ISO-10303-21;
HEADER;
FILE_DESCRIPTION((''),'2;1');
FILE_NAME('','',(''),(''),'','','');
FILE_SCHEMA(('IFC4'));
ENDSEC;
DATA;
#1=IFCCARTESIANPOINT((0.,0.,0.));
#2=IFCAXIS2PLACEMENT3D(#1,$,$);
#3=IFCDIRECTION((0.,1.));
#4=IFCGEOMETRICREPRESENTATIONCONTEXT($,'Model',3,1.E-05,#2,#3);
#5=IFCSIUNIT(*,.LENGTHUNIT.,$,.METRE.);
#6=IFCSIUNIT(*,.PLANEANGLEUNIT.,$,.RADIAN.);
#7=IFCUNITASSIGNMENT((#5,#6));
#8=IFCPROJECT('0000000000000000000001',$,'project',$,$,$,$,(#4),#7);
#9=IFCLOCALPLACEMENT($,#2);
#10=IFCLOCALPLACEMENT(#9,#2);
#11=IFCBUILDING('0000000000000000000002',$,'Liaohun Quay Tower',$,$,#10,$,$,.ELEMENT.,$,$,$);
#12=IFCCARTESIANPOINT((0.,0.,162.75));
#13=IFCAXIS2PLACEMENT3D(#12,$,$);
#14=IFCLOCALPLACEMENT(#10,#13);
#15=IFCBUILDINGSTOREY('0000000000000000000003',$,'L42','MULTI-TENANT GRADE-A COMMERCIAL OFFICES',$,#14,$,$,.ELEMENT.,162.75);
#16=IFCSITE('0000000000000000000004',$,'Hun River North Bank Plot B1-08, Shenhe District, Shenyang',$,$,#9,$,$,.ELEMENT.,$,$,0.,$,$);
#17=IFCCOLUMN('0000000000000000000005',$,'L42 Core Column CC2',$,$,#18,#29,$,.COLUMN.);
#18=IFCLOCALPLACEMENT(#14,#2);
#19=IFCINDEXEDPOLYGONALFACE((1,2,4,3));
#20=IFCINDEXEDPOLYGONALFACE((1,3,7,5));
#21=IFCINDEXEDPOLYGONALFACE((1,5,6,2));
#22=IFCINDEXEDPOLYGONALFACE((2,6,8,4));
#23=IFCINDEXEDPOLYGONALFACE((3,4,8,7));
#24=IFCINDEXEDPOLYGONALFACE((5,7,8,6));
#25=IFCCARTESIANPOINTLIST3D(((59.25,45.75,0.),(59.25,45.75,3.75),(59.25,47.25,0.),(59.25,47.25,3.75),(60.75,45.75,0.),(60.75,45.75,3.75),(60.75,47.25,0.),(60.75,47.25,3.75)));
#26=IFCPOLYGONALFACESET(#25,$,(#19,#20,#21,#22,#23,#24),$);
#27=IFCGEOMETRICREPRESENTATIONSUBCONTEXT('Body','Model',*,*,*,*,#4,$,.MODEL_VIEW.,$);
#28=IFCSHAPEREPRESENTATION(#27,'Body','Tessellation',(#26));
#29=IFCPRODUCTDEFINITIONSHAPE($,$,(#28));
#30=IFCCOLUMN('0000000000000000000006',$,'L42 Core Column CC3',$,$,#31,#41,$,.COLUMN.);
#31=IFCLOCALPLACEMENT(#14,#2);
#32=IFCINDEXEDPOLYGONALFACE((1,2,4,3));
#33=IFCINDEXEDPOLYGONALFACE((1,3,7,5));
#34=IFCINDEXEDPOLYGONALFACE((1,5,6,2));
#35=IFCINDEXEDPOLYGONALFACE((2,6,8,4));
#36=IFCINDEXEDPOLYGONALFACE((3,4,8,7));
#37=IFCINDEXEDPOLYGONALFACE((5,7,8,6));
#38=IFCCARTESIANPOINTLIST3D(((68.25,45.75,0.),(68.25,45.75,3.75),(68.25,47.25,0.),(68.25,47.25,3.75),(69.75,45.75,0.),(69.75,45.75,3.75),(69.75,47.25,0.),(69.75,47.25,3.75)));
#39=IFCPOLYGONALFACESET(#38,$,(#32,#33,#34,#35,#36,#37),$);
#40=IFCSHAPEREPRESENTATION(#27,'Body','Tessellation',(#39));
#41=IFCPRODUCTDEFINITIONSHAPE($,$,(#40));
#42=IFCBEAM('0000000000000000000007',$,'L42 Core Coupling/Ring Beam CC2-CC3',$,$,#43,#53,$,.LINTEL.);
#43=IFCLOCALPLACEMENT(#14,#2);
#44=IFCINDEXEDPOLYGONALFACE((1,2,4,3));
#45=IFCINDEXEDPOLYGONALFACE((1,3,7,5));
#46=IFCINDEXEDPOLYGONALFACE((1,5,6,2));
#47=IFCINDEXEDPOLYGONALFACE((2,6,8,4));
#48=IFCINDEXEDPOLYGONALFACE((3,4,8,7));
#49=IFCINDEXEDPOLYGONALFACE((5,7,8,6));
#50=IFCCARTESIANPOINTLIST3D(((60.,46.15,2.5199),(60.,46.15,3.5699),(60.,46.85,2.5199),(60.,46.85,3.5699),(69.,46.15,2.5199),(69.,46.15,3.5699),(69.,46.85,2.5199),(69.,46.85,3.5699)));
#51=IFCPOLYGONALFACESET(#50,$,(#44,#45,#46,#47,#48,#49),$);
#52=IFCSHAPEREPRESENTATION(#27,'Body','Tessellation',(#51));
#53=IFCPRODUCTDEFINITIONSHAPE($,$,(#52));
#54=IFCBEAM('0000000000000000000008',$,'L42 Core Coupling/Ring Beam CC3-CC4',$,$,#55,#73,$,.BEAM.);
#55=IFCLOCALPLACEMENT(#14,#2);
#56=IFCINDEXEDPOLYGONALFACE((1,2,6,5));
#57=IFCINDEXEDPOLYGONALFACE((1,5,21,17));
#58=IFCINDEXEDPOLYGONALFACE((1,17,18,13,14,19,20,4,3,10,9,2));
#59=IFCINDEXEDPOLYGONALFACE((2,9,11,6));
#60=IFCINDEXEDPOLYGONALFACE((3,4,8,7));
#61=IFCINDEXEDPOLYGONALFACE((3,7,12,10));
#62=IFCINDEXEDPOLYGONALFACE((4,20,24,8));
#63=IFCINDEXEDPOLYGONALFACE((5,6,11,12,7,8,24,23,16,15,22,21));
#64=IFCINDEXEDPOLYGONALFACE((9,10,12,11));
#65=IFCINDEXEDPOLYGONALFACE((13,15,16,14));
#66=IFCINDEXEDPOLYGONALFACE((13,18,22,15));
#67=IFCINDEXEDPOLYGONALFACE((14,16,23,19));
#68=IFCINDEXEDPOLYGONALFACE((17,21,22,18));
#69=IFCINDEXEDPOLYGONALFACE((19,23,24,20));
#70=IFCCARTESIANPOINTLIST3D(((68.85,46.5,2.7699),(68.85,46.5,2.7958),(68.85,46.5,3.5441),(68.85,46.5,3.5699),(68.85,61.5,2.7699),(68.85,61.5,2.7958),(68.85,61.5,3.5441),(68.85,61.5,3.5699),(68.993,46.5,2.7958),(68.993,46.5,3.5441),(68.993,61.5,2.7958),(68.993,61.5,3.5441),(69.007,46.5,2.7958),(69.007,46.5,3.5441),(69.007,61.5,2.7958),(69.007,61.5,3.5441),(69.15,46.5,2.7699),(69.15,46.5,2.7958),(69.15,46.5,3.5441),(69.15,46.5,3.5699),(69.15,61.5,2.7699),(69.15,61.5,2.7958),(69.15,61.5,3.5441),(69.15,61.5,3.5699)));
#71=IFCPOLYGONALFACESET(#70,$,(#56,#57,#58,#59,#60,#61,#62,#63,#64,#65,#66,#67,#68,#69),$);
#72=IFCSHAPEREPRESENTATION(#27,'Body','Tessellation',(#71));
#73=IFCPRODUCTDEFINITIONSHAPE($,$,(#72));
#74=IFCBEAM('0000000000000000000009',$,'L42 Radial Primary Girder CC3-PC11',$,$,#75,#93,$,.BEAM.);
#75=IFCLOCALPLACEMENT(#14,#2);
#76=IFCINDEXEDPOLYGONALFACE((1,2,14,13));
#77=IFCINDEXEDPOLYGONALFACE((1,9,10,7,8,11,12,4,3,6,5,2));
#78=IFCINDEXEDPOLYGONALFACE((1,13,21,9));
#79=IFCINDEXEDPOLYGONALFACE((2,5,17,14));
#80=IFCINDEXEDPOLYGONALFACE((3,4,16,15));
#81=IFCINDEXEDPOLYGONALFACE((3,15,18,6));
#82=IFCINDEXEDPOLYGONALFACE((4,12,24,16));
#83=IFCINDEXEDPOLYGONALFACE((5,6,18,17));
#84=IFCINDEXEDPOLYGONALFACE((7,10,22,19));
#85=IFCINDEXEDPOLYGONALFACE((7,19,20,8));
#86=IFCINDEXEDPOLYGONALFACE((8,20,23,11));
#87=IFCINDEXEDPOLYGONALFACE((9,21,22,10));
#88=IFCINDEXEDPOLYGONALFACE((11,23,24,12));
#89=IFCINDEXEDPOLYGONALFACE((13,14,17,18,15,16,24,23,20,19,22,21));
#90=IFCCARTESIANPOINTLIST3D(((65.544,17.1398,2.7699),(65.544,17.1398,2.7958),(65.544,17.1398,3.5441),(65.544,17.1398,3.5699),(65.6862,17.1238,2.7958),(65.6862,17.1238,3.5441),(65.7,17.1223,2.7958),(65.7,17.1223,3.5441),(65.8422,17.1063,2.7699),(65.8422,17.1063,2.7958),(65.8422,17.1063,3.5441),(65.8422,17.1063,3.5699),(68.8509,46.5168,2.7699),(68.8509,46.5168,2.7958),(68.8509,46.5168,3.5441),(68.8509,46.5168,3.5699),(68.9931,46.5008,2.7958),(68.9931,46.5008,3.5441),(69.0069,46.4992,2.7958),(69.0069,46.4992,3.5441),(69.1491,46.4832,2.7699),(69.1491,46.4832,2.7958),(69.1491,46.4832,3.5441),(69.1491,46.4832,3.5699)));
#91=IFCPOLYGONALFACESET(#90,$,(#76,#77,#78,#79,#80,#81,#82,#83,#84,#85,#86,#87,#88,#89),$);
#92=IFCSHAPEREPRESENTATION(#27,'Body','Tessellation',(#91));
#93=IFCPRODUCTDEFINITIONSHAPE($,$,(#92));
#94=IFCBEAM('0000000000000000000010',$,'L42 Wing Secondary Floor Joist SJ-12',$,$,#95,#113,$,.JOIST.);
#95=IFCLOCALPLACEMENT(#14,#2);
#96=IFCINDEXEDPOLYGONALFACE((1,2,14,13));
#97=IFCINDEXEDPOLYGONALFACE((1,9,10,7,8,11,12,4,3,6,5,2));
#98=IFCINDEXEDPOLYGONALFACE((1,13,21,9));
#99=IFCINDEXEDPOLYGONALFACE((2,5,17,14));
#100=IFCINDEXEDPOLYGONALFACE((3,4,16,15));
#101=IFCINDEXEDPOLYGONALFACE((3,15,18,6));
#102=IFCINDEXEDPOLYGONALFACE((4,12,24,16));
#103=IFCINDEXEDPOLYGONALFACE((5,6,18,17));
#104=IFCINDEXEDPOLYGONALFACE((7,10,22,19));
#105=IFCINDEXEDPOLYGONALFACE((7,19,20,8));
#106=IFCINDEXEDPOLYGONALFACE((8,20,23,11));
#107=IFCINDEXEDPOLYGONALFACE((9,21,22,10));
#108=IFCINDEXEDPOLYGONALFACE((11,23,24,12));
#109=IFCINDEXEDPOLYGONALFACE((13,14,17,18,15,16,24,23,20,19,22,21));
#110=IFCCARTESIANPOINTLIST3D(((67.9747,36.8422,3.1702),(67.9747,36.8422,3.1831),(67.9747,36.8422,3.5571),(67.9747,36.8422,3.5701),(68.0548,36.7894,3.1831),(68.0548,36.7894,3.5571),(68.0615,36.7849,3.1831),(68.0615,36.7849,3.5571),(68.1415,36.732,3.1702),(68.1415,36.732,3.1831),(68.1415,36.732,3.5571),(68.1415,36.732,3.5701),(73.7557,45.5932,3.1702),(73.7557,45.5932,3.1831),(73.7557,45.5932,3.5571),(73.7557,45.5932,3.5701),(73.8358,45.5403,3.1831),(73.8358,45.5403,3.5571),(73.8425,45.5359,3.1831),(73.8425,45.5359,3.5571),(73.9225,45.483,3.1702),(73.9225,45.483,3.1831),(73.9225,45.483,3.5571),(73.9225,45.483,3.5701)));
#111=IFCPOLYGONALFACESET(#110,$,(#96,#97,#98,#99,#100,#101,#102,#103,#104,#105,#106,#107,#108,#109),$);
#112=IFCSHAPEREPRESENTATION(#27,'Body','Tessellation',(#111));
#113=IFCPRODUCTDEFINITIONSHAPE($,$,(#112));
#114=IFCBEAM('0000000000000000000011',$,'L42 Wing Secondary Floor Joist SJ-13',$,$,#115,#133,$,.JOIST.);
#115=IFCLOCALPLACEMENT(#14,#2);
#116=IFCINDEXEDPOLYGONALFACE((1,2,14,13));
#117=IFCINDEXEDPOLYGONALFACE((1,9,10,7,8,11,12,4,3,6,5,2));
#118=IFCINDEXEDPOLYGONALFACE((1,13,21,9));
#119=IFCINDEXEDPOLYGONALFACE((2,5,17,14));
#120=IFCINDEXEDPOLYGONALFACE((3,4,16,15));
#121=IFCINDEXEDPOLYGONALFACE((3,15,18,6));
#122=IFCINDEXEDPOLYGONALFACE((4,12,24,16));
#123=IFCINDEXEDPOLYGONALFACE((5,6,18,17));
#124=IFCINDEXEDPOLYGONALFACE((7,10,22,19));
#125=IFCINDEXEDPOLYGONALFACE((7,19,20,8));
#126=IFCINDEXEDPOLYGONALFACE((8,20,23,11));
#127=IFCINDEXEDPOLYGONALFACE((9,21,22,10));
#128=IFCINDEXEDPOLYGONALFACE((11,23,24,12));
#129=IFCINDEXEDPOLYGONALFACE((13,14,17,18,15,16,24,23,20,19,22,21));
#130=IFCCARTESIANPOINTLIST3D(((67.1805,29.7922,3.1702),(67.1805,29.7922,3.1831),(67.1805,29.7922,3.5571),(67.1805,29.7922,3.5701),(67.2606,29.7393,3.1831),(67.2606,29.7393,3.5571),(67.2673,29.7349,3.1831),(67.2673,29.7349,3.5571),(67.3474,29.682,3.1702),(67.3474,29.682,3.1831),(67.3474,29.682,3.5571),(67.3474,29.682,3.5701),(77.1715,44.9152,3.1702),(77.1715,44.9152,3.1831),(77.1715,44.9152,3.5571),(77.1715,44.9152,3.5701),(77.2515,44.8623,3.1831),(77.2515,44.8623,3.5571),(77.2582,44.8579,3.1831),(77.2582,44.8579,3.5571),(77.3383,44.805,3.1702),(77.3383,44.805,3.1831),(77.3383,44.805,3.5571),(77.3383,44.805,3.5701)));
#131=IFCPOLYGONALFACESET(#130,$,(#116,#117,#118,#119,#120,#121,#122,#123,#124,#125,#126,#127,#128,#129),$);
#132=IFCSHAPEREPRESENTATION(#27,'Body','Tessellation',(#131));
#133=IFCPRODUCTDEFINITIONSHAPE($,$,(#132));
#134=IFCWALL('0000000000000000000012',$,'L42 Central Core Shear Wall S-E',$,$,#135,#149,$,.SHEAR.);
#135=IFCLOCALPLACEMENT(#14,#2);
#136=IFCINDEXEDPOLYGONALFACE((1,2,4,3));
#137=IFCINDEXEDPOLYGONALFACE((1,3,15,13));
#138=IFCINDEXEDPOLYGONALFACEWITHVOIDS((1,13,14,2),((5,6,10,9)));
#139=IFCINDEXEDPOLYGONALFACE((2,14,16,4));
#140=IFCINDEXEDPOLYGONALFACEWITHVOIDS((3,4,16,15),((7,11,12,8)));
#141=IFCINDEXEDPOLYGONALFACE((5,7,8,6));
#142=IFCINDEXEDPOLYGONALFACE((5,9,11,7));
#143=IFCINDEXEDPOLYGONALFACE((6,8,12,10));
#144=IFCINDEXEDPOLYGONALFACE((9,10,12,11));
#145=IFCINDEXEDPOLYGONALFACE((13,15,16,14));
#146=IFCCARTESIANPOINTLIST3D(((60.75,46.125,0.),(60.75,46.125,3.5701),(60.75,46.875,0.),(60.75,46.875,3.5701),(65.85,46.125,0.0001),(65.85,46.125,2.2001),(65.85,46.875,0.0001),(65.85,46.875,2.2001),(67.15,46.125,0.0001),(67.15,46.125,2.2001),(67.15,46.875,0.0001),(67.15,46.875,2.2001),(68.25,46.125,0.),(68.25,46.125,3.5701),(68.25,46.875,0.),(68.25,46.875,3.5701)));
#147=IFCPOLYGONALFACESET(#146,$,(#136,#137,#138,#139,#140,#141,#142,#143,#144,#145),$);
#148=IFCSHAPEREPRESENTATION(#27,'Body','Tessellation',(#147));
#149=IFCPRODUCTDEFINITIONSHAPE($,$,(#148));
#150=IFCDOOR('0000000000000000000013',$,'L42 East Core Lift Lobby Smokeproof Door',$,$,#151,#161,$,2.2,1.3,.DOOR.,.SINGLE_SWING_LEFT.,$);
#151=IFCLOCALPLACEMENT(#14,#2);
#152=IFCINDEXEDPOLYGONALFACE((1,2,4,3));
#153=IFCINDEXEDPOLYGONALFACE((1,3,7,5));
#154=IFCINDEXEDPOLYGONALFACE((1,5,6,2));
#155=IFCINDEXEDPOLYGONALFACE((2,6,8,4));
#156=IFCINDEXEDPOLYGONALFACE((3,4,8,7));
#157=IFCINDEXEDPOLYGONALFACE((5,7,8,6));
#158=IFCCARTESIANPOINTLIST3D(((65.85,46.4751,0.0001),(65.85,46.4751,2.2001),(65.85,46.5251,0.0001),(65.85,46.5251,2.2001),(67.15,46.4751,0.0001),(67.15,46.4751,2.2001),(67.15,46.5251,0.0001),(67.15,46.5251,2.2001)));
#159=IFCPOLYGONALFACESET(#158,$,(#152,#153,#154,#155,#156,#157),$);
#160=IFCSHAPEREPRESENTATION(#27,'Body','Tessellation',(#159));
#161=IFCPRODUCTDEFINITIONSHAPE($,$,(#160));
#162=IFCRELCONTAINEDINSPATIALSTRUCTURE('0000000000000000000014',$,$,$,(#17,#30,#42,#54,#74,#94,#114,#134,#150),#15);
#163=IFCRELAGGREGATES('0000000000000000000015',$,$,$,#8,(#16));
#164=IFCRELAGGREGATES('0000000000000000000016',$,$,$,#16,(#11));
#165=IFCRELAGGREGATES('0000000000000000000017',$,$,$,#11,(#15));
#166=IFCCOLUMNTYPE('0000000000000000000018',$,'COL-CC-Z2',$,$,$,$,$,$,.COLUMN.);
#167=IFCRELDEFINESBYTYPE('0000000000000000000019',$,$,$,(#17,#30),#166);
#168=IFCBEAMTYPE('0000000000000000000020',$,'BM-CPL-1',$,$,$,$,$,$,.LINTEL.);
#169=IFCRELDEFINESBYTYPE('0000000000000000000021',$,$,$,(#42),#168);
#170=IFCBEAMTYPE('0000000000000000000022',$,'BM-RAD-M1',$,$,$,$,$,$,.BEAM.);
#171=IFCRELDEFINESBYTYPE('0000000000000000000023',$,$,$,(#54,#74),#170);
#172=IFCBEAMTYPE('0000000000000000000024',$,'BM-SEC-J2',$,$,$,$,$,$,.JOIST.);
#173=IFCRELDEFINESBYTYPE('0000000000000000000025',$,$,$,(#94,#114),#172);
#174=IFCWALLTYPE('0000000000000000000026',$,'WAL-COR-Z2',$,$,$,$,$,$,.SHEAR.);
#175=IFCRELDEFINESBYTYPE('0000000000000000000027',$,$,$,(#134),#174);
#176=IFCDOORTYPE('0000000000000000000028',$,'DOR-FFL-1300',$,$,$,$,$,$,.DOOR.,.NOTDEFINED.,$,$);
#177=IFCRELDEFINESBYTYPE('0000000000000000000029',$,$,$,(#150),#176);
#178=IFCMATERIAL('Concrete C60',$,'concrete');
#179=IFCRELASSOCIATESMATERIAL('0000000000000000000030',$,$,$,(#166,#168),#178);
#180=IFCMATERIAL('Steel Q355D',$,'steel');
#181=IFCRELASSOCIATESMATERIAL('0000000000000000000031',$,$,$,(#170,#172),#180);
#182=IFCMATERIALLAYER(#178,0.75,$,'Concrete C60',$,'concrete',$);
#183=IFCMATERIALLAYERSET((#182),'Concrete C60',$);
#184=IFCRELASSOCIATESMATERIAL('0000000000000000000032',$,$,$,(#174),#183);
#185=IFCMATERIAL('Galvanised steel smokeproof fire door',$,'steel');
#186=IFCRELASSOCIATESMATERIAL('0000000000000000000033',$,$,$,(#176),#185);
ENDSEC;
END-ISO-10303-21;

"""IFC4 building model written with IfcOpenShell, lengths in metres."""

from ifc_helpers import new_model, si_unit, direction, frame, frame_2d, origin, origin_2d, place, context, subcontext, project, spatial, rectangle, i_section, extrude, source, transform, mapped, material, layer, layer_set, material_profile, profile_set, type_object, element, fill, save


model = new_model("IFC4")

# Units and contexts
model_context = context("Model", 3, precision=1e-05, world=origin(), true_north=direction((0.0, 1.0)))
body_context = subcontext(model_context, "Body", "Model", "MODEL_VIEW")
ifc_project = project(units=[si_unit("LENGTHUNIT", "METRE"), si_unit("PLANEANGLEUNIT", "RADIAN")], contexts=[model_context])

# Site, building, storey
site_placement = place(None, origin())
site = spatial("IfcSite", under=ifc_project, at=site_placement, Name="Hun River North Bank Plot B1-08, Shenhe District, Shenyang", CompositionType="ELEMENT", RefElevation=0.0)
building_placement = place(site_placement, origin())
building = spatial("IfcBuilding", under=site, at=building_placement, Name="Liaohun Quay Tower", CompositionType="ELEMENT")
storey_placement = place(building_placement, frame((0.0, 0.0, 162.75)))
storey = spatial("IfcBuildingStorey", under=building, at=storey_placement, Name="L42", Description="MULTI-TENANT GRADE-A COMMERCIAL OFFICES", CompositionType="ELEMENT", Elevation=162.75)

# Columns
ifc_material_1 = material(Name="Concrete C60", Category="concrete")
ifc_material_profile_1 = material_profile(ifc_material_1, rectangle(XDim=1.5, YDim=1.5, at=origin_2d()), Name="RC1500x1500")
ifc_profile_set_1 = profile_set([ifc_material_profile_1], Name="Concrete C60")
column_type = type_object("IfcColumnType", Name="COL-CC-Z2", PredefinedType="COLUMN", material=ifc_profile_set_1)
shared_shape_1 = source(origin(), body_context, "Body", "SweptSolid", [
    extrude(rectangle(XDim=1.5, YDim=1.5, at=origin_2d()), origin(), (0.0, 0.0, 1.0), 3.75),
])
for number, where, z_axis, x_axis, name in (
    (1, (60.0, 46.5, 0.0), (0.0, 0.0, 1.0), (1.0, 0.0, 0.0), "L42 Core Column CC2"),
    (2, (69.0, 46.5, 0.0), (0.0, 0.0, 1.0), (1.0, 0.0, 0.0), "L42 Core Column CC3"),
):
    element("IfcColumn", number, at=place(storey_placement, frame(where, z_axis=z_axis, x_axis=x_axis)), inside=storey, type_object=column_type, Name=name, PredefinedType="COLUMN", context=body_context, shape_type="MappedRepresentation", body=[
        mapped(shared_shape_1, transform((0.0, 0.0, 0.0), x_axis=(1.0, 0.0, 0.0), y_axis=(0.0, 1.0, 0.0), z_axis=(0.0, 0.0, 1.0), scale=1.0)),
    ])

# Beams
ifc_material_profile_2 = material_profile(ifc_material_1, rectangle(XDim=0.7, YDim=1.05, at=origin_2d()), Name="RC700x1050")
ifc_profile_set_2 = profile_set([ifc_material_profile_2], Name="Concrete C60")
beam_type_1 = type_object("IfcBeamType", Name="BM-CPL-1", PredefinedType="LINTEL", material=ifc_profile_set_2)
shared_shape_2 = source(origin(), body_context, "Body", "SweptSolid", [
    extrude(rectangle(XDim=0.7, YDim=1.05, at=origin_2d()), origin(), (0.0, 0.0, 1.0), 9.0),
])
beam_1_placement = place(storey_placement, frame((60.0, 46.5, 3.0449), z_axis=(1.0, 0.0, 0.0), x_axis=(0.0, 1.0, 0.0)))
element("IfcBeam", 3, at=beam_1_placement, inside=storey, type_object=beam_type_1, Name="L42 Core Coupling/Ring Beam CC2-CC3", PredefinedType="LINTEL", context=body_context, shape_type="MappedRepresentation", body=[
    mapped(shared_shape_2, transform((0.0, 0.0, 0.0), x_axis=(1.0, 0.0, 0.0), y_axis=(0.0, 1.0, 0.0), z_axis=(0.0, 0.0, 1.0), scale=1.0)),
])
ifc_material_2 = material(Name="Steel Q355D", Category="steel")
ifc_material_profile_3 = material_profile(ifc_material_2, i_section(OverallWidth=0.3, OverallDepth=0.8, WebThickness=0.0139, FlangeThickness=0.0259, at=origin_2d()), Name="HN800x300x14x26")
ifc_profile_set_3 = profile_set([ifc_material_profile_3], Name="Steel Q355D")
beam_type_2 = type_object("IfcBeamType", Name="BM-RAD-M1", PredefinedType="BEAM", material=ifc_profile_set_3)
shared_shape_3 = source(origin(), body_context, "Body", "SweptSolid", [
    extrude(i_section(OverallWidth=0.3, OverallDepth=0.8, WebThickness=0.0139, FlangeThickness=0.0259, at=origin_2d()), origin(), (0.0, 0.0, 1.0), 15.0),
])
beam_2_placement = place(storey_placement, frame((69.0, 46.5, 3.1699), z_axis=(0.0, 1.0, 0.0), x_axis=(-1.0, 0.0, 0.0)))
element("IfcBeam", 4, at=beam_2_placement, inside=storey, type_object=beam_type_2, Name="L42 Core Coupling/Ring Beam CC3-CC4", PredefinedType="BEAM", context=body_context, shape_type="MappedRepresentation", body=[
    mapped(shared_shape_3, transform((0.0, 0.0, 0.0), x_axis=(1.0, 0.0, 0.0), y_axis=(0.0, 1.0, 0.0), z_axis=(0.0, 0.0, 1.0), scale=1.0)),
])
shared_shape_4 = source(origin(), body_context, "Body", "SweptSolid", [
    extrude(i_section(OverallWidth=0.3, OverallDepth=0.8, WebThickness=0.0139, FlangeThickness=0.0259, at=origin_2d()), origin(), (0.0, 0.0, 1.0), 29.5625),
])
beam_3_placement = place(storey_placement, frame((69.0, 46.5, 3.1699), z_axis=(-0.111861, -0.993724, 0.0), x_axis=(0.993724, -0.111861, 0.0)))
element("IfcBeam", 5, at=beam_3_placement, inside=storey, type_object=beam_type_2, Name="L42 Radial Primary Girder CC3-PC11", PredefinedType="BEAM", context=body_context, shape_type="MappedRepresentation", body=[
    mapped(shared_shape_4, transform((0.0, 0.0, 0.0), x_axis=(1.0, 0.0, 0.0), y_axis=(0.0, 1.0, 0.0), z_axis=(0.0, 0.0, 1.0), scale=1.0)),
])
ifc_material_profile_4 = material_profile(ifc_material_2, i_section(OverallWidth=0.2, OverallDepth=0.3999, WebThickness=0.0081, FlangeThickness=0.0129, at=origin_2d()), Name="HN400x200x8x13")
ifc_profile_set_4 = profile_set([ifc_material_profile_4], Name="Steel Q355D")
beam_type_3 = type_object("IfcBeamType", Name="BM-SEC-J2", PredefinedType="JOIST", material=ifc_profile_set_4)
shared_shape_5 = source(origin(), body_context, "Body", "SweptSolid", [
    extrude(i_section(OverallWidth=0.2, OverallDepth=0.3999, WebThickness=0.0081, FlangeThickness=0.0129, at=origin_2d()), origin(), (0.0, 0.0, 1.0), 10.488),
])
beam_4_placement = place(storey_placement, frame((73.8391, 45.5381, 3.3701), z_axis=(-0.551198, -0.834374, 0.0), x_axis=(0.834374, -0.551198, 0.0)))
element("IfcBeam", 6, at=beam_4_placement, inside=storey, type_object=beam_type_3, Name="L42 Wing Secondary Floor Joist SJ-12", PredefinedType="JOIST", context=body_context, shape_type="MappedRepresentation", body=[
    mapped(shared_shape_5, transform((0.0, 0.0, 0.0), x_axis=(1.0, 0.0, 0.0), y_axis=(0.0, 1.0, 0.0), z_axis=(0.0, 0.0, 1.0), scale=1.0)),
])
shared_shape_6 = source(origin(), body_context, "Body", "SweptSolid", [
    extrude(i_section(OverallWidth=0.2, OverallDepth=0.3999, WebThickness=0.0081, FlangeThickness=0.0129, at=origin_2d()), origin(), (0.0, 0.0, 1.0), 18.1252),
])
beam_5_placement = place(storey_placement, frame((77.2549, 44.8601, 3.3701), z_axis=(-0.551217, -0.834362, 0.0), x_axis=(0.834362, -0.551217, 0.0)))
element("IfcBeam", 7, at=beam_5_placement, inside=storey, type_object=beam_type_3, Name="L42 Wing Secondary Floor Joist SJ-13", PredefinedType="JOIST", context=body_context, shape_type="MappedRepresentation", body=[
    mapped(shared_shape_6, transform((0.0, 0.0, 0.0), x_axis=(1.0, 0.0, 0.0), y_axis=(0.0, 1.0, 0.0), z_axis=(0.0, 0.0, 1.0), scale=1.0)),
])

# Wall, opening, door
ifc_layer_1 = layer(ifc_material_1, 0.75, Name="Concrete C60", Category="concrete")
ifc_layer_set_1 = layer_set([ifc_layer_1], Name="Concrete C60")
wall_type_1 = type_object("IfcWallType", Name="WAL-COR-Z2", PredefinedType="SHEAR", material=ifc_layer_set_1)
wall_1_placement = place(storey_placement, frame((68.25, 46.5, 0.0), z_axis=(0.0, 0.0, 1.0), x_axis=(-1.0, 0.0, 0.0)))
wall_1 = element("IfcWall", 8, at=wall_1_placement, inside=storey, type_object=wall_type_1, Name="L42 Central Core Shear Wall S-E", PredefinedType="SHEAR", context=body_context, shape_type="SweptSolid", body=[
    extrude(rectangle(XDim=7.5, YDim=0.75, at=frame_2d((3.75, 0.0))), origin(), (0.0, 0.0, 1.0), 3.5701),
])
shared_shape_7 = source(origin(), body_context, "Body", "SweptSolid", [
    extrude(rectangle(XDim=1.3, YDim=2.2, at=frame_2d((0.6499, 1.1001))), frame((0.0, 0.385, 0.0), z_axis=(0.0, -1.0, 0.0), x_axis=(1.0, 0.0, 0.0)), (0.0, 0.0, 1.0), 0.77),
])
opening_1_placement = place(wall_1_placement, frame((1.1001, 0.0, 0.0)))
opening_1 = element("IfcOpeningElement", 9, at=opening_1_placement, cuts=wall_1, PredefinedType="OPENING", context=body_context, shape_type="MappedRepresentation", body=[
    mapped(shared_shape_7, transform((0.0, 0.0, 0.0), x_axis=(1.0, 0.0, 0.0), y_axis=(0.0, 1.0, 0.0), z_axis=(0.0, 0.0, 1.0), scale=1.0)),
])
ifc_material_3 = material(Name="Galvanised steel smokeproof fire door", Category="steel")
door_type_1 = type_object("IfcDoorType", Name="DOR-FFL-1300", OperationType="NOTDEFINED", PredefinedType="DOOR", material=ifc_material_3)
shared_shape_8 = source(origin(), body_context, "Body", "SweptSolid", [
    extrude(rectangle(XDim=1.3, YDim=2.2, at=frame_2d((0.6499, 1.1001))), frame((0.0, 0.0249, 0.0), z_axis=(0.0, -1.0, 0.0), x_axis=(1.0, 0.0, 0.0)), (0.0, 0.0, 1.0), 0.05),
])
door_1_placement = place(opening_1_placement, origin())
door_1 = element("IfcDoor", 10, at=door_1_placement, inside=storey, type_object=door_type_1, Name="L42 East Core Lift Lobby Smokeproof Door", OperationType="SINGLE_SWING_LEFT", OverallHeight=2.2, OverallWidth=1.3, PredefinedType="DOOR", context=body_context, shape_type="MappedRepresentation", body=[
    mapped(shared_shape_8, transform((0.0, 0.0, 0.0), x_axis=(1.0, 0.0, 0.0), y_axis=(0.0, 1.0, 0.0), z_axis=(0.0, 0.0, 1.0), scale=1.0)),
])
fill(opening_1, door_1)

save(model, "model.ifc")
